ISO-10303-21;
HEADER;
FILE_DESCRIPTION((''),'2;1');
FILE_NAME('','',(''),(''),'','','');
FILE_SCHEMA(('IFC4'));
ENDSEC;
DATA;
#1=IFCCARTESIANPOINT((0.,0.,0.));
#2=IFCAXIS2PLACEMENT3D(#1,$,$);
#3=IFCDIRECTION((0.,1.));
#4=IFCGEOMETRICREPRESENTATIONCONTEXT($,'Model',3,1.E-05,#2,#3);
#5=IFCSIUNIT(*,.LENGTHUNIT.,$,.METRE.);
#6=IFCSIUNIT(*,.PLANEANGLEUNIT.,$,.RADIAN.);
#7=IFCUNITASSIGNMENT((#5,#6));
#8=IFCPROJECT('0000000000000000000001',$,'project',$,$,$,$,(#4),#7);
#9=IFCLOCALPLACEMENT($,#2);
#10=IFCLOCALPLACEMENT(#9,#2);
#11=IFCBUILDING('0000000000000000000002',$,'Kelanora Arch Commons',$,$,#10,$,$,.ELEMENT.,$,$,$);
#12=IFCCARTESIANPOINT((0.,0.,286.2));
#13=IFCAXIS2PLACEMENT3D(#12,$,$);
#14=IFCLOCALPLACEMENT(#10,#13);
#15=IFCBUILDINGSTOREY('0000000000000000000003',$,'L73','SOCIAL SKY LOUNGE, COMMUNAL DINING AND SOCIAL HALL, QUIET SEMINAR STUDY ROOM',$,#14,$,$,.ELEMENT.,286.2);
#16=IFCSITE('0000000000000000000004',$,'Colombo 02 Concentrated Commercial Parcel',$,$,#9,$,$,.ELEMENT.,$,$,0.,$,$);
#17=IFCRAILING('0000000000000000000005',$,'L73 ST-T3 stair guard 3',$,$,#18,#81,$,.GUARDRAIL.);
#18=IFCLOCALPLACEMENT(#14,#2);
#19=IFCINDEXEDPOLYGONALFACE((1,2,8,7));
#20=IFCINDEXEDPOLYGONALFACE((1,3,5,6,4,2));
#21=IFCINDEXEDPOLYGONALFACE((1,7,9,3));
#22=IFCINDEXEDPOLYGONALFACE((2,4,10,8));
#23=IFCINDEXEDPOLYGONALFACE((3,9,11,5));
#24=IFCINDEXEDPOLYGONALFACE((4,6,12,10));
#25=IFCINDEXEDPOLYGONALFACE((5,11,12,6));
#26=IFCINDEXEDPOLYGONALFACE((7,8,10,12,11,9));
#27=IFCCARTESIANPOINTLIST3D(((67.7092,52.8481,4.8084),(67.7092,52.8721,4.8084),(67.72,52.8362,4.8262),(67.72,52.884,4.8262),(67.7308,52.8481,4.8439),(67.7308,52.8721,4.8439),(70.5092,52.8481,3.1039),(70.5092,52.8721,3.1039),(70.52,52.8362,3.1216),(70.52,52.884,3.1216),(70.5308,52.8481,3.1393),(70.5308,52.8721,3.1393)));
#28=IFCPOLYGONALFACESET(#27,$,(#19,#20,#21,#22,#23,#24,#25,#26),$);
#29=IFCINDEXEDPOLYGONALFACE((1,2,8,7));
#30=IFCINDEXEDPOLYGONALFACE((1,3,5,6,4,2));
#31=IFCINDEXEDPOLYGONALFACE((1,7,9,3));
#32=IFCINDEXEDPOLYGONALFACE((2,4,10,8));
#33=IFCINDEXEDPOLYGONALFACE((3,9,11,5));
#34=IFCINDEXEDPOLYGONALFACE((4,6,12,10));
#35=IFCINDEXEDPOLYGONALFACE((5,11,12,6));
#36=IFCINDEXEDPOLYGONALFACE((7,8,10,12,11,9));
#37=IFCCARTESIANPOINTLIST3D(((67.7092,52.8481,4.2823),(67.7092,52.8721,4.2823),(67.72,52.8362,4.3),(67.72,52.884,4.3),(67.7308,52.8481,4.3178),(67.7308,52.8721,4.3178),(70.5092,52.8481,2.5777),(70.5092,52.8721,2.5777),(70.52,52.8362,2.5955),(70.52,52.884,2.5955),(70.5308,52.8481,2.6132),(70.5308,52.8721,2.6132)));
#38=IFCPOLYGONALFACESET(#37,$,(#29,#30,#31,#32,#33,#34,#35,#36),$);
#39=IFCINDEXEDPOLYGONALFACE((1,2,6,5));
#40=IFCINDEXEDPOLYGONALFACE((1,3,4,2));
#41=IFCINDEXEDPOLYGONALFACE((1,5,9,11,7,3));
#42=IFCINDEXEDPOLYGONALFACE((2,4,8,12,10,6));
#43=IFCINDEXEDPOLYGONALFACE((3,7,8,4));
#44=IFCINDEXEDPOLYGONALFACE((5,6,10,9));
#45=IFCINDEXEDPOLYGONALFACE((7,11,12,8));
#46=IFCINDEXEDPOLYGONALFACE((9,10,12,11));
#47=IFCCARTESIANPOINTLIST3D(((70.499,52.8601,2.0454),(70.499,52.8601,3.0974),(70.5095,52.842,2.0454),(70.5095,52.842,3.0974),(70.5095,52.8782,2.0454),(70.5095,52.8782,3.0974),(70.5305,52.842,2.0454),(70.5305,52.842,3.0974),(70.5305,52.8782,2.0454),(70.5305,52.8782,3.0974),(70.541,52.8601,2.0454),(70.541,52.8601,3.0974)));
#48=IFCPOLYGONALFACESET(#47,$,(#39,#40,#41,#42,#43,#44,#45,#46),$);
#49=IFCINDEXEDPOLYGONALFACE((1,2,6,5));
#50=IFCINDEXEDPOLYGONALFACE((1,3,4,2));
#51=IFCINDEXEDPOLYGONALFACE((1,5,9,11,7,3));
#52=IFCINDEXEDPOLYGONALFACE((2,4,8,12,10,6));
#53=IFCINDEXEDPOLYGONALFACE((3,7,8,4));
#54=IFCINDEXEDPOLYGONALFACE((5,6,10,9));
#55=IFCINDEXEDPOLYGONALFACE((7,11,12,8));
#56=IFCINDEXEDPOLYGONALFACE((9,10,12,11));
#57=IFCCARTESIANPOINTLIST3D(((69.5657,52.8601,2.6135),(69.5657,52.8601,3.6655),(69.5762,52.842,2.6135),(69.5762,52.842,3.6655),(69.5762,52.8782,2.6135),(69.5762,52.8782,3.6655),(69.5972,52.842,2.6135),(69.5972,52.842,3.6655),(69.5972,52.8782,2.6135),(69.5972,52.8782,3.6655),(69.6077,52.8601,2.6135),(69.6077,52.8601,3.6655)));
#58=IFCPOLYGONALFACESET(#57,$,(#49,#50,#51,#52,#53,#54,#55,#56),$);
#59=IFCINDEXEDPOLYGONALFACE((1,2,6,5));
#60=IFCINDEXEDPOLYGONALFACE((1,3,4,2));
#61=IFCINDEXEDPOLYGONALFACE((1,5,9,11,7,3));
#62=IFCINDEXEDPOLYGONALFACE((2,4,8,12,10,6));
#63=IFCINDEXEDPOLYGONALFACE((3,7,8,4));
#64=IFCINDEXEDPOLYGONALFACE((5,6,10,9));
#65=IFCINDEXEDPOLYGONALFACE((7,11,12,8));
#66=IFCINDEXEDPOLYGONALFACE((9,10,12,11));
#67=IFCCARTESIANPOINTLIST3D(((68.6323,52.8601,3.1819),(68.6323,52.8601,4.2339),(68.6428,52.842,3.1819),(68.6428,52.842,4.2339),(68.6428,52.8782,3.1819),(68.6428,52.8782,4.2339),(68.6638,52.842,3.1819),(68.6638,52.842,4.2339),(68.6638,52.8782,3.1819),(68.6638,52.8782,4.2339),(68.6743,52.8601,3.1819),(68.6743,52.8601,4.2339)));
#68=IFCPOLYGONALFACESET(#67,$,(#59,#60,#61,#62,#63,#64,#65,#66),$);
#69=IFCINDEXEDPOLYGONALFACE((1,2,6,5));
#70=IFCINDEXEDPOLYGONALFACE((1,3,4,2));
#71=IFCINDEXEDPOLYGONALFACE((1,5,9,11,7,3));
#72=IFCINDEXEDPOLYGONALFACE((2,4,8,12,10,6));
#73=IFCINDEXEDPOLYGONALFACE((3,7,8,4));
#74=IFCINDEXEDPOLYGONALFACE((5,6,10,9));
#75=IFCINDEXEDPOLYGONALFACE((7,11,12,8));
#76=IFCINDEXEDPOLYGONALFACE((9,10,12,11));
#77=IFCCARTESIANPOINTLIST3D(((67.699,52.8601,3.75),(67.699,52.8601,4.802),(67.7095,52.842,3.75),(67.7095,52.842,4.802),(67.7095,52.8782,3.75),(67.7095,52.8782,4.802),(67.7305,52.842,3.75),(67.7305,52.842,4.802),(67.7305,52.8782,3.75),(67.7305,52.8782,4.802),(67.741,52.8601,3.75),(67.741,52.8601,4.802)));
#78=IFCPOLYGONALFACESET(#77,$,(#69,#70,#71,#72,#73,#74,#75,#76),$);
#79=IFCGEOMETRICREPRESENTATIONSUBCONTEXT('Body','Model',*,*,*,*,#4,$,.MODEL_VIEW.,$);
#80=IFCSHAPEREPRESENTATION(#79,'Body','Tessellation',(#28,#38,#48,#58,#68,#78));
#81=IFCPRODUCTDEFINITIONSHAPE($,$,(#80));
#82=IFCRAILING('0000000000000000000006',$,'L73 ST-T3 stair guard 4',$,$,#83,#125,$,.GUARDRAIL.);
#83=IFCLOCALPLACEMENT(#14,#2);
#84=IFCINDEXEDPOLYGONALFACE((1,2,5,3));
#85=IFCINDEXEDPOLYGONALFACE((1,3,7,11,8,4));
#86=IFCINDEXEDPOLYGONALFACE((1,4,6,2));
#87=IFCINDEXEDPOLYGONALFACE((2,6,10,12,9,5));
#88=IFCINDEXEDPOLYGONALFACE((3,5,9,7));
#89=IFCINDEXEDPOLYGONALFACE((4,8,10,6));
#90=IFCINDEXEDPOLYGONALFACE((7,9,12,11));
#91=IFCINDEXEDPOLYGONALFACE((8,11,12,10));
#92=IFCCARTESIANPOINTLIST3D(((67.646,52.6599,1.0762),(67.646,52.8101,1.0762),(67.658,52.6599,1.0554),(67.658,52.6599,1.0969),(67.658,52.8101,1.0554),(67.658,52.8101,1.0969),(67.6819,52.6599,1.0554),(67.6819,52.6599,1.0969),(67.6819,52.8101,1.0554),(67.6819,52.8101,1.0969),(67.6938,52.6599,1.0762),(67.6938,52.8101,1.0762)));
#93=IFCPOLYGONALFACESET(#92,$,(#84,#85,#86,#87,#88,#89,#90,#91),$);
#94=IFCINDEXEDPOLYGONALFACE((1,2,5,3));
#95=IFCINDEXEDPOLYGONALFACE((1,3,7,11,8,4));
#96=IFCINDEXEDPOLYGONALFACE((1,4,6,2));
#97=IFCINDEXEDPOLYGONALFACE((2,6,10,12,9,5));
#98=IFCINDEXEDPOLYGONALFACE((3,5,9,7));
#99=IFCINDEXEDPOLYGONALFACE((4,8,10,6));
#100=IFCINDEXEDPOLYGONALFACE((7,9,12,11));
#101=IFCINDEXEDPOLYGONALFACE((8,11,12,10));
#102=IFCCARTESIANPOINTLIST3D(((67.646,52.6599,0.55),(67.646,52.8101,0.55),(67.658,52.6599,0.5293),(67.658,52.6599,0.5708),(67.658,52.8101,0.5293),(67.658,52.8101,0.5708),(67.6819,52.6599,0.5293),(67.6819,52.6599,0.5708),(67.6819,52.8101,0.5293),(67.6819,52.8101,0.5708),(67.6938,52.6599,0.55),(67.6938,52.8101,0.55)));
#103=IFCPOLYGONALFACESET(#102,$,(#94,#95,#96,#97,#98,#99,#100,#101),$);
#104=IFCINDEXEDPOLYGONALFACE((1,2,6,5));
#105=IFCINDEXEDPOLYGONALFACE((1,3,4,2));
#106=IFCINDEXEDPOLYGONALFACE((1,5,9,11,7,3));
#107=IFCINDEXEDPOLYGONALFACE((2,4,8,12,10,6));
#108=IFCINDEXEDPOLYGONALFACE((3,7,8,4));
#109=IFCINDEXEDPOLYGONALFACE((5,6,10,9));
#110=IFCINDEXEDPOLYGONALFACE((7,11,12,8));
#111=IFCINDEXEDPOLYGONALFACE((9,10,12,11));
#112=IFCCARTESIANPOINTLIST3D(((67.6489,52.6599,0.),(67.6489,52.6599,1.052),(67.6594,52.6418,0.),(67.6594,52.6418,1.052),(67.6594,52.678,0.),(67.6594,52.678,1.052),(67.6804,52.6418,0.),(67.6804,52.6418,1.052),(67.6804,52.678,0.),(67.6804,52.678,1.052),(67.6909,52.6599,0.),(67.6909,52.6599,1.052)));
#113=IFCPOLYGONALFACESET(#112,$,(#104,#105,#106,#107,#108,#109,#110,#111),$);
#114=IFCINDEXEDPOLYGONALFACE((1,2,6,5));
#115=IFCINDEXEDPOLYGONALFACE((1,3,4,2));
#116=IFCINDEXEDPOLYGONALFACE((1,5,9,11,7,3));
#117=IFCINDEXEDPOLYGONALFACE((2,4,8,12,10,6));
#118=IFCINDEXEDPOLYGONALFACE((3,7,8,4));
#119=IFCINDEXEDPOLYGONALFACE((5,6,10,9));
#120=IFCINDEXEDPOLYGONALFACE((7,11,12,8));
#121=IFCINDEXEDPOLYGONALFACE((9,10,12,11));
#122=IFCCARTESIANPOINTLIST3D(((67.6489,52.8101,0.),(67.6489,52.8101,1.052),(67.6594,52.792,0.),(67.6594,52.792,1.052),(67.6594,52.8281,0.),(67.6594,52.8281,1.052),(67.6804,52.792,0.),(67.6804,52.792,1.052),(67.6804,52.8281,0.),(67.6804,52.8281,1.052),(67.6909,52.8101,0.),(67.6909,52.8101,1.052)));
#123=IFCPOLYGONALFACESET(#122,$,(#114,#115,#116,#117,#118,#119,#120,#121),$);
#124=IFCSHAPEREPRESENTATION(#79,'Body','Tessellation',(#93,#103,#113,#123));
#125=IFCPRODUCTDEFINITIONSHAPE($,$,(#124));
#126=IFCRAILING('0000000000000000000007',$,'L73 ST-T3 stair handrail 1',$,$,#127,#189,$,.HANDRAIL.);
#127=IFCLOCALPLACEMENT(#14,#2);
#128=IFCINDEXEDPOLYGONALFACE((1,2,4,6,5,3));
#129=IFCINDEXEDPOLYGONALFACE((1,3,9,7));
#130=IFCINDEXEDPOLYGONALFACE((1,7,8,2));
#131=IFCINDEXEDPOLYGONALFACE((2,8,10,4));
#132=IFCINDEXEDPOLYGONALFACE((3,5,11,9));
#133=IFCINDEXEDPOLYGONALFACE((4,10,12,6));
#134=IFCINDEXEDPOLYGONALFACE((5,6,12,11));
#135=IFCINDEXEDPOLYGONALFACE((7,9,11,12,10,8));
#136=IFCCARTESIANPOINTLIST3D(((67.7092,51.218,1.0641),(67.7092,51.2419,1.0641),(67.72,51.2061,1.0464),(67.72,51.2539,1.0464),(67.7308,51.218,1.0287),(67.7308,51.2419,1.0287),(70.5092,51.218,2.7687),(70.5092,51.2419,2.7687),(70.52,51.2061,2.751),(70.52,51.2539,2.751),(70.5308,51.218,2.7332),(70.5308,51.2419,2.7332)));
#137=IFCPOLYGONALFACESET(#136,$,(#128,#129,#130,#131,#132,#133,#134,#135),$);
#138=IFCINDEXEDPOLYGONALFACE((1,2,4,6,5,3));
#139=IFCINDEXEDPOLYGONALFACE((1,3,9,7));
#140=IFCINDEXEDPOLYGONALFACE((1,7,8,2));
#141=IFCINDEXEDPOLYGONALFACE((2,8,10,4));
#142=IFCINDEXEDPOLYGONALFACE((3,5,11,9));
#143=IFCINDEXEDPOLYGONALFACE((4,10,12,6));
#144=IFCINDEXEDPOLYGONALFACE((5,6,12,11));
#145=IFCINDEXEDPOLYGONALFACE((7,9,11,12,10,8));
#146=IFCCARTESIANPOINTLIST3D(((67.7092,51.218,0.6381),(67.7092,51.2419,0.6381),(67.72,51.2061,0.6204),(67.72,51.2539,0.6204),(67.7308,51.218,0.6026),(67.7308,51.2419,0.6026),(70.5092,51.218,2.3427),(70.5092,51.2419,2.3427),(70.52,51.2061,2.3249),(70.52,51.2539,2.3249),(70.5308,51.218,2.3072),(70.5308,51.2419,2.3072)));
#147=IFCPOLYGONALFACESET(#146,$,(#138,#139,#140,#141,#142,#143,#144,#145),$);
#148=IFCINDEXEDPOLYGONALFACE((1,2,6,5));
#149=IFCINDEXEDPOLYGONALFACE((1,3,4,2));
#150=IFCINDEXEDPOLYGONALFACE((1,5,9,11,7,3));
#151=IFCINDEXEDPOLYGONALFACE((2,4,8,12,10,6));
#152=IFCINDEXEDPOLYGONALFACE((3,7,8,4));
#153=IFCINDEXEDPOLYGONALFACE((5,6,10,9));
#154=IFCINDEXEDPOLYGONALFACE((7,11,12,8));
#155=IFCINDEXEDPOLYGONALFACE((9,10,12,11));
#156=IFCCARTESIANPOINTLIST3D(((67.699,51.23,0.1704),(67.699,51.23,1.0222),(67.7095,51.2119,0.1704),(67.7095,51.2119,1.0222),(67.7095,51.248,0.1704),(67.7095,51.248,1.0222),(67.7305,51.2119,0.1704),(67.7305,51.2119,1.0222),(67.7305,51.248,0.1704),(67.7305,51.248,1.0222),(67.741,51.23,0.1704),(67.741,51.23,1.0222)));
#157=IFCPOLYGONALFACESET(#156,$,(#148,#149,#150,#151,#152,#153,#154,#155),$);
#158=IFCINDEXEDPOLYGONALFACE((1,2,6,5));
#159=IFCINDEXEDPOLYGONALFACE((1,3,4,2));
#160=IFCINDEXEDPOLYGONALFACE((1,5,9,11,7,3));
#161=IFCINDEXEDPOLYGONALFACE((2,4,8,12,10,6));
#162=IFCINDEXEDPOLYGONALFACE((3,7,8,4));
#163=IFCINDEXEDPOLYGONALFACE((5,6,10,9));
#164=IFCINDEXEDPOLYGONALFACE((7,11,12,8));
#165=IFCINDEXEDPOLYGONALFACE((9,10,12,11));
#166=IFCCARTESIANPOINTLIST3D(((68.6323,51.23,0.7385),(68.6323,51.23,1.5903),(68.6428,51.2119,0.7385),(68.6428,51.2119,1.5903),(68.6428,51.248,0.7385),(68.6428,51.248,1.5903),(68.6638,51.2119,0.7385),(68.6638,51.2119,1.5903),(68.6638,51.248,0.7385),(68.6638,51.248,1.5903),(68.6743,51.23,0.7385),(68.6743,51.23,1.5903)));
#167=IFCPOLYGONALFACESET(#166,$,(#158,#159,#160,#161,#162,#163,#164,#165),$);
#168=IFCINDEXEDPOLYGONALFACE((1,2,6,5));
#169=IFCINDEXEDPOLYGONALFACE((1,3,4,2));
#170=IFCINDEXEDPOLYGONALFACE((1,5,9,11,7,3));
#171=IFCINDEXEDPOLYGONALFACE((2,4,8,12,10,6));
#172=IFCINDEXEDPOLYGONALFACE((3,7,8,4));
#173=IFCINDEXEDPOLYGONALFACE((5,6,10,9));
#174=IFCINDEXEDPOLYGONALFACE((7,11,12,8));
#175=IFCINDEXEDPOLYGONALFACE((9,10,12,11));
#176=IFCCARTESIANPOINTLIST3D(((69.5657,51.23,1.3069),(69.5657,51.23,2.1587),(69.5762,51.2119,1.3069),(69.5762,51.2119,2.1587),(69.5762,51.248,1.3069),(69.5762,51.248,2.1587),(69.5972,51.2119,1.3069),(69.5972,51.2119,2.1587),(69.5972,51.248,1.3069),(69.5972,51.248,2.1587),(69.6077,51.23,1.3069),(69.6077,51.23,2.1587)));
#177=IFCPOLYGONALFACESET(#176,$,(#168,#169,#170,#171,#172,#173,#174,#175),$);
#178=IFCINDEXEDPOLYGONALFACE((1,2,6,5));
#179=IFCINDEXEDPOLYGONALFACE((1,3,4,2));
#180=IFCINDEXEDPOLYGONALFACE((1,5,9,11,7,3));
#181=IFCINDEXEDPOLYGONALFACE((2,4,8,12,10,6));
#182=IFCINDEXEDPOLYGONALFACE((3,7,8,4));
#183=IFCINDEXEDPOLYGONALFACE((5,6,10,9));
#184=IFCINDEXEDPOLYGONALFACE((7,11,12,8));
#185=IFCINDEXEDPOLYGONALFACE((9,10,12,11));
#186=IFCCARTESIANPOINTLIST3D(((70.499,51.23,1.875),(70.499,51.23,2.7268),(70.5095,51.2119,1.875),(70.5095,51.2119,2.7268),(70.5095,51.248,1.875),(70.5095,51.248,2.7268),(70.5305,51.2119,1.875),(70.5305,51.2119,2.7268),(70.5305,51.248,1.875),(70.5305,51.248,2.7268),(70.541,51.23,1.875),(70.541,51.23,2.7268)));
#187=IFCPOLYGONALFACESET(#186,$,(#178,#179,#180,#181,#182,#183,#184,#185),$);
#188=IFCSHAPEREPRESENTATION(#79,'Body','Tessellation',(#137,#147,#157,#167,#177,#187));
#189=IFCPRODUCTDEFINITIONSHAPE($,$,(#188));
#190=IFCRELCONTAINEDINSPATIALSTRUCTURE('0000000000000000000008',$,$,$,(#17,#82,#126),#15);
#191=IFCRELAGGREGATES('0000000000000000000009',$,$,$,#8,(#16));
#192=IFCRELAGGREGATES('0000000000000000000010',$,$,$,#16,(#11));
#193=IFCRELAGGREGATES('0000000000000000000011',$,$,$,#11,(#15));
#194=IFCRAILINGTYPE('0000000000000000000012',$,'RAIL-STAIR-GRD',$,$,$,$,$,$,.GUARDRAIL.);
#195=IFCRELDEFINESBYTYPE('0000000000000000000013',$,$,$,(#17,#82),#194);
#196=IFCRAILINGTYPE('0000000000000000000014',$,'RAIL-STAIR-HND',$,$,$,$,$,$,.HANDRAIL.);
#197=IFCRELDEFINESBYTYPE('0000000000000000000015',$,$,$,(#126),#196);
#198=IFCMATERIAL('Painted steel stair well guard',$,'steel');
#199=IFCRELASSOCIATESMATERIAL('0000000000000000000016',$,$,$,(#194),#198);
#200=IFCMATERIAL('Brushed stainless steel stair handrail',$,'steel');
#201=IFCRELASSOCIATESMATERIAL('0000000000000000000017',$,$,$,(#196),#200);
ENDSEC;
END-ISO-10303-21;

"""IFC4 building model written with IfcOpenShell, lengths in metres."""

from ifc_helpers import new_model, si_unit, direction, frame, origin, place, context, subcontext, project, spatial, polyline, outline, extrude, material, type_object, element, save


model = new_model("IFC4")

# Units and contexts
model_context = context("Model", 3, precision=1e-05, world=origin(), true_north=direction((0.0, 1.0)))
body_context = subcontext(model_context, "Body", "Model", "MODEL_VIEW")
ifc_project = project(units=[si_unit("LENGTHUNIT", "METRE"), si_unit("PLANEANGLEUNIT", "RADIAN")], contexts=[model_context])

# Site, building, storey
site_placement = place(None, origin())
site = spatial("IfcSite", under=ifc_project, at=site_placement, Name="Colombo 02 Concentrated Commercial Parcel", CompositionType="ELEMENT", RefElevation=0.0)
building_placement = place(site_placement, origin())
building = spatial("IfcBuilding", under=site, at=building_placement, Name="Kelanora Arch Commons", CompositionType="ELEMENT")
storey_placement = place(building_placement, frame((0.0, 0.0, 286.2)))
storey = spatial("IfcBuildingStorey", under=building, at=storey_placement, Name="L73", Description="SOCIAL SKY LOUNGE, COMMUNAL DINING AND SOCIAL HALL, QUIET SEMINAR STUDY ROOM", CompositionType="ELEMENT", Elevation=286.2)

# Railings
ifc_material_1 = material(Name="Painted steel stair well guard", Category="steel")
railing_type_1 = type_object("IfcRailingType", Name="RAIL-STAIR-GRD", PredefinedType="GUARDRAIL", material=ifc_material_1)
railing_1_placement = place(storey_placement, frame((70.52, 52.8601, 2.0454)))
element("IfcRailing", 1, at=railing_1_placement, inside=storey, type_object=railing_type_1, Name="L73 ST-T3 stair guard 3", PredefinedType="GUARDRAIL", context=body_context, shape_type="SweptSolid", body=[
    extrude(outline(polyline([(0.0239, 0.0), (0.012, 0.0208), (-0.012, 0.0208), (-0.0239, 0.0), (-0.012, -0.0208), (0.012, -0.0208), (0.0239, 0.0)])), frame((0.0, 0.0, 1.0762), z_axis=(-0.85417, 0.0, 0.519994), x_axis=(0.0, -1.0, 0.0)), (0.0, 0.0, 1.0), 3.2781),
    extrude(outline(polyline([(0.0239, 0.0), (0.012, 0.0208), (-0.012, 0.0208), (-0.0239, 0.0), (-0.012, -0.0208), (0.012, -0.0208), (0.0239, 0.0)])), frame((0.0, 0.0, 0.55), z_axis=(-0.85417, 0.0, 0.519994), x_axis=(0.0, -1.0, 0.0)), (0.0, 0.0, 1.0), 3.2781),
    extrude(outline(polyline([(0.021, 0.0), (0.0105, 0.0181), (-0.0105, 0.0181), (-0.021, 0.0), (-0.0105, -0.0181), (0.0105, -0.0181), (0.021, 0.0)])), origin(), (0.0, 0.0, 1.0), 1.052),
    extrude(outline(polyline([(0.021, 0.0), (0.0105, 0.0181), (-0.0105, 0.0181), (-0.021, 0.0), (-0.0105, -0.0181), (0.0105, -0.0181), (0.021, 0.0)])), frame((-0.9333, 0.0, 0.5681)), (0.0, 0.0, 1.0), 1.052),
    extrude(outline(polyline([(0.021, 0.0), (0.0105, 0.0181), (-0.0105, 0.0181), (-0.021, 0.0), (-0.0105, -0.0181), (0.0105, -0.0181), (0.021, 0.0)])), frame((-1.8667, 0.0, 1.1365)), (0.0, 0.0, 1.0), 1.052),
    extrude(outline(polyline([(0.021, 0.0), (0.0105, 0.0181), (-0.0105, 0.0181), (-0.021, 0.0), (-0.0105, -0.0181), (0.0105, -0.0181), (0.021, 0.0)])), frame((-2.8, 0.0, 1.7046)), (0.0, 0.0, 1.0), 1.052),
])
railing_2_placement = place(storey_placement, frame((67.6699, 52.6599, 0.0)))
element("IfcRailing", 2, at=railing_2_placement, inside=storey, type_object=railing_type_1, Name="L73 ST-T3 stair guard 4", PredefinedType="GUARDRAIL", context=body_context, shape_type="SweptSolid", body=[
    extrude(outline(polyline([(0.0239, 0.0), (0.012, 0.0208), (-0.012, 0.0208), (-0.0239, 0.0), (-0.012, -0.0208), (0.012, -0.0208), (0.0239, 0.0)])), frame((0.0, 0.0, 1.0762), z_axis=(0.0, 1.0, 0.0), x_axis=(-1.0, 0.0, 0.0)), (0.0, 0.0, 1.0), 0.1501),
    extrude(outline(polyline([(0.0239, 0.0), (0.012, 0.0208), (-0.012, 0.0208), (-0.0239, 0.0), (-0.012, -0.0208), (0.012, -0.0208), (0.0239, 0.0)])), frame((0.0, 0.0, 0.55), z_axis=(0.0, 1.0, 0.0), x_axis=(-1.0, 0.0, 0.0)), (0.0, 0.0, 1.0), 0.1501),
    extrude(outline(polyline([(0.021, 0.0), (0.0105, 0.0181), (-0.0105, 0.0181), (-0.021, 0.0), (-0.0105, -0.0181), (0.0105, -0.0181), (0.021, 0.0)])), origin(), (0.0, 0.0, 1.0), 1.052),
    extrude(outline(polyline([(0.021, 0.0), (0.0105, 0.0181), (-0.0105, 0.0181), (-0.021, 0.0), (-0.0105, -0.0181), (0.0105, -0.0181), (0.021, 0.0)])), frame((0.0, 0.1501, 0.0)), (0.0, 0.0, 1.0), 1.052),
])
ifc_material_2 = material(Name="Brushed stainless steel stair handrail", Category="steel")
railing_type_2 = type_object("IfcRailingType", Name="RAIL-STAIR-HND", PredefinedType="HANDRAIL", material=ifc_material_2)
railing_3_placement = place(storey_placement, frame((67.72, 51.23, 0.1704)))
element("IfcRailing", 3, at=railing_3_placement, inside=storey, type_object=railing_type_2, Name="L73 ST-T3 stair handrail 1", PredefinedType="HANDRAIL", context=body_context, shape_type="SweptSolid", body=[
    extrude(outline(polyline([(0.0239, 0.0), (0.012, 0.0208), (-0.012, 0.0208), (-0.0239, 0.0), (-0.012, -0.0208), (0.012, -0.0208), (0.0239, 0.0)])), frame((0.0, 0.0, 0.876), z_axis=(0.85417, 0.0, 0.519994), x_axis=(0.0, 1.0, 0.0)), (0.0, 0.0, 1.0), 3.2781),
    extrude(outline(polyline([(0.0239, 0.0), (0.012, 0.0208), (-0.012, 0.0208), (-0.0239, 0.0), (-0.012, -0.0208), (0.012, -0.0208), (0.0239, 0.0)])), frame((0.0, 0.0, 0.45), z_axis=(0.85417, 0.0, 0.519994), x_axis=(0.0, 1.0, 0.0)), (0.0, 0.0, 1.0), 3.2781),
    extrude(outline(polyline([(0.021, 0.0), (0.0105, 0.0181), (-0.0105, 0.0181), (-0.021, 0.0), (-0.0105, -0.0181), (0.0105, -0.0181), (0.021, 0.0)])), origin(), (0.0, 0.0, 1.0), 0.8518),
    extrude(outline(polyline([(0.021, 0.0), (0.0105, 0.0181), (-0.0105, 0.0181), (-0.021, 0.0), (-0.0105, -0.0181), (0.0105, -0.0181), (0.021, 0.0)])), frame((0.9333, 0.0, 0.5681)), (0.0, 0.0, 1.0), 0.8518),
    extrude(outline(polyline([(0.021, 0.0), (0.0105, 0.0181), (-0.0105, 0.0181), (-0.021, 0.0), (-0.0105, -0.0181), (0.0105, -0.0181), (0.021, 0.0)])), frame((1.8667, 0.0, 1.1365)), (0.0, 0.0, 1.0), 0.8518),
    extrude(outline(polyline([(0.021, 0.0), (0.0105, 0.0181), (-0.0105, 0.0181), (-0.021, 0.0), (-0.0105, -0.0181), (0.0105, -0.0181), (0.021, 0.0)])), frame((2.8, 0.0, 1.7046)), (0.0, 0.0, 1.0), 0.8518),
])

save(model, "model.ifc")
